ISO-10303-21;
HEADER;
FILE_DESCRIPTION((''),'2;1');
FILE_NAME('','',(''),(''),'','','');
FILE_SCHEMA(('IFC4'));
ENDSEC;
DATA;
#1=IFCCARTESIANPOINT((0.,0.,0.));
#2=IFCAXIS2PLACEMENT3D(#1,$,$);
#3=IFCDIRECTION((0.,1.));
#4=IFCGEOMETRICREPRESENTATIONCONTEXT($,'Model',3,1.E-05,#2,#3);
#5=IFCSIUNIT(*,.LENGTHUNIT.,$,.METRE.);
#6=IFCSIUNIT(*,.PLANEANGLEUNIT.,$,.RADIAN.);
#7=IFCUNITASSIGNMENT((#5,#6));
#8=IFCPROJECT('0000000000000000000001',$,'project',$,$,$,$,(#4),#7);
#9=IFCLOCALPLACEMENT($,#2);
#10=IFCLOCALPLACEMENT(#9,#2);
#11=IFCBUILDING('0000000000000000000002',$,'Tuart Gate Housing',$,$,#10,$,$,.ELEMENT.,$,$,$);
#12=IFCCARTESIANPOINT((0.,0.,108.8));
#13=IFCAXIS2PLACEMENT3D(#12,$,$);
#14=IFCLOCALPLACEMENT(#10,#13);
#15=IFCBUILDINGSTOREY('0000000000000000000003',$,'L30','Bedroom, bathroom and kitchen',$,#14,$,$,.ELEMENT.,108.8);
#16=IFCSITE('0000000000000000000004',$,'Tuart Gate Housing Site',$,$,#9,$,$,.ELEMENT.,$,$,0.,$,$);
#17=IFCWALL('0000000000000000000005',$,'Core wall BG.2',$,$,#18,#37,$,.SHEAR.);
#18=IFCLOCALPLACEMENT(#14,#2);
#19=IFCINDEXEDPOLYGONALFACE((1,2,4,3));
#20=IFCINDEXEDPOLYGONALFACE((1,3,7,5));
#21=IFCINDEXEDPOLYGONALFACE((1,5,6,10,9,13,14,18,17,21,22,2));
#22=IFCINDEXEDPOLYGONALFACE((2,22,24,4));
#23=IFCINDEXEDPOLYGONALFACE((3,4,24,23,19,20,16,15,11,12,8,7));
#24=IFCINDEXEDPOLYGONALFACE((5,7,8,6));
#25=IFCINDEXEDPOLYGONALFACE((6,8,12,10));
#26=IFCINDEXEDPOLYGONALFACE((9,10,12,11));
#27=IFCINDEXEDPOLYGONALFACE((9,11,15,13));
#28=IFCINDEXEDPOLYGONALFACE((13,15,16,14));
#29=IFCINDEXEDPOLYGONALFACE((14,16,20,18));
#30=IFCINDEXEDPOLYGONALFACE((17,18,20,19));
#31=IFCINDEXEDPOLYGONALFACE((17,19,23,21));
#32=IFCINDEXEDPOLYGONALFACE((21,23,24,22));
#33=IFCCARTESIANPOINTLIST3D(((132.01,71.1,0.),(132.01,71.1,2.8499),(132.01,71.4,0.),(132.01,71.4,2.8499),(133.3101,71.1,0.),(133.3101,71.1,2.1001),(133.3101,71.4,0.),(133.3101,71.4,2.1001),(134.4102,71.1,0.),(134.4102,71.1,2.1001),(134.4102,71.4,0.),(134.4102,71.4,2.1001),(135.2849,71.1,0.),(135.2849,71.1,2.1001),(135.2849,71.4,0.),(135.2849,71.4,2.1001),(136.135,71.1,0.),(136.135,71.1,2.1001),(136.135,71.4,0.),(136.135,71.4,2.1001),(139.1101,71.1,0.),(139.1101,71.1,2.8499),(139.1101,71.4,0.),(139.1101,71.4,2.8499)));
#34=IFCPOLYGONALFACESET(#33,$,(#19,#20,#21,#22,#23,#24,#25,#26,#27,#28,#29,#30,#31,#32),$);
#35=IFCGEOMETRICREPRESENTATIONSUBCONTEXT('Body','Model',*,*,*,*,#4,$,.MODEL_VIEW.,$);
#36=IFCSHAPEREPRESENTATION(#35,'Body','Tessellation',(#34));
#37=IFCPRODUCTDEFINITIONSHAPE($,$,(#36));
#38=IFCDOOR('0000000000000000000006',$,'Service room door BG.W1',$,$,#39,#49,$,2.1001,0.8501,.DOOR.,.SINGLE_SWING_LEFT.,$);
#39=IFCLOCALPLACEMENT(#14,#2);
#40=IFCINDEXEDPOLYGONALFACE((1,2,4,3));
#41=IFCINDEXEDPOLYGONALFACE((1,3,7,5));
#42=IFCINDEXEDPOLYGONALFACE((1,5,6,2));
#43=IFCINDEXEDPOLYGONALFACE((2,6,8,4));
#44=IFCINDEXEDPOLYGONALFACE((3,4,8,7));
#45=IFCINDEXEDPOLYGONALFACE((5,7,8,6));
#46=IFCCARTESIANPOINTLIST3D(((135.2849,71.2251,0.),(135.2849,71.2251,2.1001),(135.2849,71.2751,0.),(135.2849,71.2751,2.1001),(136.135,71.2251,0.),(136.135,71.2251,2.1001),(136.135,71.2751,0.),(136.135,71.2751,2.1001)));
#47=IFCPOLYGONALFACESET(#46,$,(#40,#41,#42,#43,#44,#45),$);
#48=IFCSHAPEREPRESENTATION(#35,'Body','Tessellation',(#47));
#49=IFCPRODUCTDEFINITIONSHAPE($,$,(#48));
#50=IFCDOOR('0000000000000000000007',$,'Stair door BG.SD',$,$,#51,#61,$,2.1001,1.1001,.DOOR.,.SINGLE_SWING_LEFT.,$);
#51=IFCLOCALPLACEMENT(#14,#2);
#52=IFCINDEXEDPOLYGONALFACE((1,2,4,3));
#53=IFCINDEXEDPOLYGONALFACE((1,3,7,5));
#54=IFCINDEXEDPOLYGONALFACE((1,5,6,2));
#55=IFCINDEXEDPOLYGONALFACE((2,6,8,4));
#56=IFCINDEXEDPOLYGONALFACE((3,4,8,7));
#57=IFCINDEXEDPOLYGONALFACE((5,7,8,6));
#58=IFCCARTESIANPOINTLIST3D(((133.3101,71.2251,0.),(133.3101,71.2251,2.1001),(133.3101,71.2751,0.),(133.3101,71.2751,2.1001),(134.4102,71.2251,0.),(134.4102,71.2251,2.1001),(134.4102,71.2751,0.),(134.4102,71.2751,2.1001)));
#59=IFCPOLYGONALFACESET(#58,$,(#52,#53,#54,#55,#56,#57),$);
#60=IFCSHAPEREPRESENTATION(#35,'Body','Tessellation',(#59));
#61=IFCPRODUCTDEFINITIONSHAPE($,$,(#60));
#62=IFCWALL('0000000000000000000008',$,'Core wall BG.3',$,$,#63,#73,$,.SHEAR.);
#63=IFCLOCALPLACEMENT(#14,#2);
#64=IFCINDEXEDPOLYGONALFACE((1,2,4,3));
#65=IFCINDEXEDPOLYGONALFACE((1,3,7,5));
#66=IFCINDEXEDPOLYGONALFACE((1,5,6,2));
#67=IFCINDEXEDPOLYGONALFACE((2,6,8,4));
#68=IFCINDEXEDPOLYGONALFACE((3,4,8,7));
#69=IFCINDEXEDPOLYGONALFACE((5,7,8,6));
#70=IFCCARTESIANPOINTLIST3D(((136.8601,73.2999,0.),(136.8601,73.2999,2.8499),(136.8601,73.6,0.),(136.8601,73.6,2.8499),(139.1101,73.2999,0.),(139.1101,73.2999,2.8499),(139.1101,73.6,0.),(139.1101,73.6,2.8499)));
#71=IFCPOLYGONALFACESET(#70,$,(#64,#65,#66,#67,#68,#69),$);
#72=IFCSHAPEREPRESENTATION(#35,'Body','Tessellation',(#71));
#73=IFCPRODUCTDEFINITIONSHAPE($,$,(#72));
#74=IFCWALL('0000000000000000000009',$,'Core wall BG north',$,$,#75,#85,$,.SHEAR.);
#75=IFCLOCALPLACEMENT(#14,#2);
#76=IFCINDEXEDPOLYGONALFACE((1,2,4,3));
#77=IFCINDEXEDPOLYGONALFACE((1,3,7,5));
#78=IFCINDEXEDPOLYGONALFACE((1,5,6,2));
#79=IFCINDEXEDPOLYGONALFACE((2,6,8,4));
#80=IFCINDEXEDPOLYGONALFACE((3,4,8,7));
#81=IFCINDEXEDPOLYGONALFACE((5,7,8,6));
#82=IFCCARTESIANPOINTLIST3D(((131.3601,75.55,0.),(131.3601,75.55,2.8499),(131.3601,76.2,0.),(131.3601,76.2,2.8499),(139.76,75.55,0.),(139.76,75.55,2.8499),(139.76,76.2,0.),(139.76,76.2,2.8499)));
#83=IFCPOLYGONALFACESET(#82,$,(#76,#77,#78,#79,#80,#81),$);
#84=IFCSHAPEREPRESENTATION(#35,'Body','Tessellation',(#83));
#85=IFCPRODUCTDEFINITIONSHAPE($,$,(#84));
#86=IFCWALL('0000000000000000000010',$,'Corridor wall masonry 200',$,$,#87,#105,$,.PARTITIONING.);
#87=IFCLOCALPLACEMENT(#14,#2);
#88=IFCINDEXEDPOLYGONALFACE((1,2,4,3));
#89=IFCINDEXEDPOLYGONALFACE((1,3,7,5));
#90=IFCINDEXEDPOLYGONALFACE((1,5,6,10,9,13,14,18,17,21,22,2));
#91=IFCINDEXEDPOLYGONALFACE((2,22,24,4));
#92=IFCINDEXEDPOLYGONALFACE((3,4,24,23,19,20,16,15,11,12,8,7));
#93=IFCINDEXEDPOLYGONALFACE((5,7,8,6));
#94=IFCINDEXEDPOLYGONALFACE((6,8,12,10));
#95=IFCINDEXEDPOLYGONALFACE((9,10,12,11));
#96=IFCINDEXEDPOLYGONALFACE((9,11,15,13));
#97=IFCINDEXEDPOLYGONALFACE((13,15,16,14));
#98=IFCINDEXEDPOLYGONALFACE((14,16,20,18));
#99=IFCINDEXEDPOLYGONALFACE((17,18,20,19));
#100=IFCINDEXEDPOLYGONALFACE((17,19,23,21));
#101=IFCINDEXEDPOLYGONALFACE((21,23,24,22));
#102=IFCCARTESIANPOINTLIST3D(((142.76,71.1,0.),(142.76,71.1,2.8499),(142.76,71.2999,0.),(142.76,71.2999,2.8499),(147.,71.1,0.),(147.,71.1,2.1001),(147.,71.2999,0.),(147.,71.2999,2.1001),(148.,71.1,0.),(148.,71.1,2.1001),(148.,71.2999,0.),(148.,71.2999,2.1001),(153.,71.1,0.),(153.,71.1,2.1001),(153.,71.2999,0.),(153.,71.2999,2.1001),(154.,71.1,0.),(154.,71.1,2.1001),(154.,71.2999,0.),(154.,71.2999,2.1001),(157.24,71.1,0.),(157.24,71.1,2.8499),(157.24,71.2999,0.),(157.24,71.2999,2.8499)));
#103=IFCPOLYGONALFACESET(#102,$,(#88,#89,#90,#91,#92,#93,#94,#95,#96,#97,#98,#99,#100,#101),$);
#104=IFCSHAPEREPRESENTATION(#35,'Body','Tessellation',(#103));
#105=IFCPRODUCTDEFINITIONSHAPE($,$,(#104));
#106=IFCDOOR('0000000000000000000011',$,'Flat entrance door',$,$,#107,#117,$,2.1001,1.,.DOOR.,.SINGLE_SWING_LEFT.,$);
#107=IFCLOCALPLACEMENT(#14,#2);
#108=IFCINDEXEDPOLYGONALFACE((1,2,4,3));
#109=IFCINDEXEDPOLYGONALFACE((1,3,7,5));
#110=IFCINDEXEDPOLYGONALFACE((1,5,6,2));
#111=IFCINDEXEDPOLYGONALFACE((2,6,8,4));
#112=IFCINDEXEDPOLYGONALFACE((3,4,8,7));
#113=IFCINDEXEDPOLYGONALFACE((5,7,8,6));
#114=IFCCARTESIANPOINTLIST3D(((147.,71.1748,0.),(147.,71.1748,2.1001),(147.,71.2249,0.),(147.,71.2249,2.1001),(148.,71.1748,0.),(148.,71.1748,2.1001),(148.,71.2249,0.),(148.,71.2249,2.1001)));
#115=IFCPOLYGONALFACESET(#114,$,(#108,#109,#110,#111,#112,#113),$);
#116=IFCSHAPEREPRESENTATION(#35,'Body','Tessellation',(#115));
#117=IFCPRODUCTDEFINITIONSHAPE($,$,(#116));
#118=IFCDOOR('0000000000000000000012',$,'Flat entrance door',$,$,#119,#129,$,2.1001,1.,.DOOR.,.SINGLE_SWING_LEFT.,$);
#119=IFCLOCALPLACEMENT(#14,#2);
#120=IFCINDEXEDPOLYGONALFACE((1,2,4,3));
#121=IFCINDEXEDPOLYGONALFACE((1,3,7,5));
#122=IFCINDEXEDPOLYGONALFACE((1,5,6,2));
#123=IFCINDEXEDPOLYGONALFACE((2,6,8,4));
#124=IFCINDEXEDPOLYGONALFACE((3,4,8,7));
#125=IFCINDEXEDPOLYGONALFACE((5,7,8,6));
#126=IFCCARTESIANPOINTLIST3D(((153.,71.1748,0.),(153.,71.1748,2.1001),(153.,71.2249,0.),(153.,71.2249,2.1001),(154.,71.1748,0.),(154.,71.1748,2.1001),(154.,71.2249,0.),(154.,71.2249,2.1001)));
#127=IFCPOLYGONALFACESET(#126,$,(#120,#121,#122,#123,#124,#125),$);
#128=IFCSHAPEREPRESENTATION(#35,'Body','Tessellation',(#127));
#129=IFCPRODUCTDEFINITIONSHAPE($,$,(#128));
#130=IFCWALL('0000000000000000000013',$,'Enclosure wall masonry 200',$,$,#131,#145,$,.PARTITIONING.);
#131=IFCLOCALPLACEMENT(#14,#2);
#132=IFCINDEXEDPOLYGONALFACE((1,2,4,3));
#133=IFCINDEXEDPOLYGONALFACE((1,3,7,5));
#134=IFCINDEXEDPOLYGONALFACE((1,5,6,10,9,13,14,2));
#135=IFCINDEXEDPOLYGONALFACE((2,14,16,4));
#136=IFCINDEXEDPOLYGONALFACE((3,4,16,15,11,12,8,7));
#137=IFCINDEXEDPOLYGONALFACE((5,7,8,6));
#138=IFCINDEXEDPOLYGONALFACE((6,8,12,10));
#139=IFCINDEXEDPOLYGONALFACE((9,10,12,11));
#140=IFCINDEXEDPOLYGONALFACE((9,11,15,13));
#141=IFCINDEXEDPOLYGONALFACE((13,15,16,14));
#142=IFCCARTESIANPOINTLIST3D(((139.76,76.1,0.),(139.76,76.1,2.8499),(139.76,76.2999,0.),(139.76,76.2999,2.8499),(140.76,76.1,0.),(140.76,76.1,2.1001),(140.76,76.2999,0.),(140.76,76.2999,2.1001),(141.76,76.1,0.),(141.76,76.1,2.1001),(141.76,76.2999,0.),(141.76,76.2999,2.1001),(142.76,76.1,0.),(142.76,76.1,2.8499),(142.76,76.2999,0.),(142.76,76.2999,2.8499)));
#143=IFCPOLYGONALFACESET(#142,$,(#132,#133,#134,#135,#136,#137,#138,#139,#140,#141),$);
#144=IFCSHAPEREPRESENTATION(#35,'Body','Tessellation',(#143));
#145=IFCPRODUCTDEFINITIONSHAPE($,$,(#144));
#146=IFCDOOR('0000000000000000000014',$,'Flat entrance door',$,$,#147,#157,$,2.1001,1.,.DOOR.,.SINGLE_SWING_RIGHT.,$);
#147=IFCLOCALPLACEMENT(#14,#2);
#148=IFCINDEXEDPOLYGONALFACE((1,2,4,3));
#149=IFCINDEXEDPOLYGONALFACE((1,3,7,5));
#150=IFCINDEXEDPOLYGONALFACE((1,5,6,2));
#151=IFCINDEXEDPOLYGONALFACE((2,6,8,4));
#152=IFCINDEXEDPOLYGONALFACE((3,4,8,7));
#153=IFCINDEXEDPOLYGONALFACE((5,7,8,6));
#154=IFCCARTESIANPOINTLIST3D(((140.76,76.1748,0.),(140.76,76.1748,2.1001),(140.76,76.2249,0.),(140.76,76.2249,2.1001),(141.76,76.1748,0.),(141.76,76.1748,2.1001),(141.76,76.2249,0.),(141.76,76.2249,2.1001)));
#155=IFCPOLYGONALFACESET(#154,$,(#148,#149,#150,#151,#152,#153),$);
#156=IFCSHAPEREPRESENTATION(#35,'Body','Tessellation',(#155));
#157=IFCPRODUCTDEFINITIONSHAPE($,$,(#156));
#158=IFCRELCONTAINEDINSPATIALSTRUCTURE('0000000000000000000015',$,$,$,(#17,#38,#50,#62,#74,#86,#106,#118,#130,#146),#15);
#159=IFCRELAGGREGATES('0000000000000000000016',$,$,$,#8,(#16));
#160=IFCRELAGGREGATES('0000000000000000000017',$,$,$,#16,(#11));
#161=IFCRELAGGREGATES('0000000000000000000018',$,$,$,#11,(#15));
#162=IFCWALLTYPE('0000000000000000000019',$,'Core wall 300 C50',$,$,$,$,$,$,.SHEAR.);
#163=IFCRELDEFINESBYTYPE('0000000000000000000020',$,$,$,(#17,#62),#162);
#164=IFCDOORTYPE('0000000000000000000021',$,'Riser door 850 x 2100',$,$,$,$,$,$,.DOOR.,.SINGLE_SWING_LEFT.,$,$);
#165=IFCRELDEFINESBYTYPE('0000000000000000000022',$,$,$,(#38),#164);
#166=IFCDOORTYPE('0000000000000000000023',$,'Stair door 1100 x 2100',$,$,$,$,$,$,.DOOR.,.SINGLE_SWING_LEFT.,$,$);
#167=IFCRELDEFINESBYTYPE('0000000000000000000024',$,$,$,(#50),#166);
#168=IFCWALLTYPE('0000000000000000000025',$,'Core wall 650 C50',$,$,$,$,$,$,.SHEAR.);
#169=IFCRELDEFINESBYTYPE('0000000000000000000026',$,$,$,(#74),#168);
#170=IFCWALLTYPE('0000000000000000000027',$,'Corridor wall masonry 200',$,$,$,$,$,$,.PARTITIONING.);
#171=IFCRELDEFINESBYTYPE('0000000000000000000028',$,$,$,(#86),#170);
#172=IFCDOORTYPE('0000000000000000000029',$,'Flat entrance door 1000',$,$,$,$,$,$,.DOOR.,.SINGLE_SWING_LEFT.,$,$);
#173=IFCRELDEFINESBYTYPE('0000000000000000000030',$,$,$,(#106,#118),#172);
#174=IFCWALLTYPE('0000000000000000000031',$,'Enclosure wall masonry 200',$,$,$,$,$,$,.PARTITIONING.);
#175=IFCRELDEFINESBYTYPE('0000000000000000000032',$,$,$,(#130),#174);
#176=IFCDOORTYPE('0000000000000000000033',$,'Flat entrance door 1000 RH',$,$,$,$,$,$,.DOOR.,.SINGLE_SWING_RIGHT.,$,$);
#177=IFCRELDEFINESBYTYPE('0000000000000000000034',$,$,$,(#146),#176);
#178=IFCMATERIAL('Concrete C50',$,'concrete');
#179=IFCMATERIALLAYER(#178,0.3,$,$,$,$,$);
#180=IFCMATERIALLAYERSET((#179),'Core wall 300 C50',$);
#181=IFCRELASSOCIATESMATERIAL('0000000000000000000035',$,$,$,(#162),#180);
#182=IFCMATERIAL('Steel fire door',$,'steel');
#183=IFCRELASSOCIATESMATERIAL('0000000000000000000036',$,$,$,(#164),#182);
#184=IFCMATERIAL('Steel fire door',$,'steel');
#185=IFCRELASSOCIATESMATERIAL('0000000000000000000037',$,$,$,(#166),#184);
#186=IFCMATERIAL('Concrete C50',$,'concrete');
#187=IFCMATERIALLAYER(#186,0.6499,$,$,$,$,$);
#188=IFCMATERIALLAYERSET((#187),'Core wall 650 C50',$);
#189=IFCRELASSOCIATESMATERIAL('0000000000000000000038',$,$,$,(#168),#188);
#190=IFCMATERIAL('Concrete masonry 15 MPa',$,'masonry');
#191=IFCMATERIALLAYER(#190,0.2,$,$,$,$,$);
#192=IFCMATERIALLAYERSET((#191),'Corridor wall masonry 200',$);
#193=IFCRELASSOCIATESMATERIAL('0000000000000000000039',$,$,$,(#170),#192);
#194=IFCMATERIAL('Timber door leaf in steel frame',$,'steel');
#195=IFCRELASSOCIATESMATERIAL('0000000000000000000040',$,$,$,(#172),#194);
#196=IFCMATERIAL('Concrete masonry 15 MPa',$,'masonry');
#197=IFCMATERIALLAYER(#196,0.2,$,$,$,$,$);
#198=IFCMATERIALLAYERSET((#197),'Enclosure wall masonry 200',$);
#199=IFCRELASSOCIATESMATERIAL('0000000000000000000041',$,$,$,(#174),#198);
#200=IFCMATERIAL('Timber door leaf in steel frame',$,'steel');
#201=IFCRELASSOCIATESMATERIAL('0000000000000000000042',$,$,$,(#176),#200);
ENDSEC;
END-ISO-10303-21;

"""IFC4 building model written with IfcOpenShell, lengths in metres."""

from ifc_helpers import new_model, si_unit, direction, frame, frame_2d, origin, place, context, subcontext, project, spatial, rectangle, extrude, material, layer, layer_set, type_object, element, fill, save


model = new_model("IFC4")

# Units and contexts
model_context = context("Model", 3, precision=1e-05, world=origin(), true_north=direction((0.0, 1.0)))
body_context = subcontext(model_context, "Body", "Model", "MODEL_VIEW")
ifc_project = project(units=[si_unit("LENGTHUNIT", "METRE"), si_unit("PLANEANGLEUNIT", "RADIAN")], contexts=[model_context])

# Site, building, storey
site_placement = place(None, origin())
site = spatial("IfcSite", under=ifc_project, at=site_placement, Name="Tuart Gate Housing Site", CompositionType="ELEMENT", RefElevation=0.0)
building_placement = place(site_placement, origin())
building = spatial("IfcBuilding", under=site, at=building_placement, Name="Tuart Gate Housing", CompositionType="ELEMENT")
storey_placement = place(building_placement, frame((0.0, 0.0, 108.8)))
storey = spatial("IfcBuildingStorey", under=building, at=storey_placement, Name="L30", Description="Bedroom, bathroom and kitchen", CompositionType="ELEMENT", Elevation=108.8)

# Wall, openings, doors
ifc_material_1 = material(Name="Concrete C50", Category="concrete")
ifc_layer_1 = layer(ifc_material_1, 0.3)
ifc_layer_set_1 = layer_set([ifc_layer_1], Name="Core wall 300 C50")
wall_type_1 = type_object("IfcWallType", Name="Core wall 300 C50", PredefinedType="SHEAR", material=ifc_layer_set_1)
wall_1_placement = place(storey_placement, frame((139.1101, 71.25, 0.0), z_axis=(0.0, 0.0, 1.0), x_axis=(-1.0, 0.0, 0.0)))
wall_1 = element("IfcWall", 1, at=wall_1_placement, inside=storey, type_object=wall_type_1, Name="Core wall BG.2", PredefinedType="SHEAR", context=body_context, shape_type="SweptSolid", body=[
    extrude(rectangle(XDim=7.1001, YDim=0.3, at=frame_2d((3.55, 0.0))), origin(), (0.0, 0.0, 1.0), 2.8499),
])
opening_1_placement = place(wall_1_placement, frame((4.7, 0.0, 0.0)))
opening_1 = element("IfcOpeningElement", 2, at=opening_1_placement, cuts=wall_1, PredefinedType="OPENING", context=body_context, shape_type="SweptSolid", body=[
    extrude(rectangle(XDim=1.1001, YDim=2.1001, at=frame_2d((0.55, 1.05))), frame((0.0, 0.1599, 0.0), z_axis=(0.0, -1.0, 0.0), x_axis=(1.0, 0.0, 0.0)), (0.0, 0.0, 1.0), 0.3201),
])
opening_2_placement = place(wall_1_placement, frame((2.9751, 0.0, 0.0)))
opening_2 = element("IfcOpeningElement", 3, at=opening_2_placement, cuts=wall_1, PredefinedType="OPENING", context=body_context, shape_type="SweptSolid", body=[
    extrude(rectangle(XDim=0.8501, YDim=2.1001, at=frame_2d((0.425, 1.05))), frame((0.0, 0.1599, 0.0), z_axis=(0.0, -1.0, 0.0), x_axis=(1.0, 0.0, 0.0)), (0.0, 0.0, 1.0), 0.3201),
])
ifc_material_2 = material(Name="Steel fire door", Category="steel")
door_type_1 = type_object("IfcDoorType", Name="Riser door 850 x 2100", OperationType="SINGLE_SWING_LEFT", PredefinedType="DOOR", material=ifc_material_2)
door_1_placement = place(opening_2_placement, origin())
door_1 = element("IfcDoor", 4, at=door_1_placement, inside=storey, type_object=door_type_1, Name="Service room door BG.W1", OperationType="SINGLE_SWING_LEFT", OverallHeight=2.1001, OverallWidth=0.8501, PredefinedType="DOOR", context=body_context, shape_type="SweptSolid", body=[
    extrude(rectangle(XDim=0.8501, YDim=2.1001, at=frame_2d((0.425, 1.05))), frame((0.0, 0.0249, 0.0), z_axis=(0.0, -1.0, 0.0), x_axis=(1.0, 0.0, 0.0)), (0.0, 0.0, 1.0), 0.05),
])
fill(opening_2, door_1)
ifc_material_3 = material(Name="Steel fire door", Category="steel")
door_type_2 = type_object("IfcDoorType", Name="Stair door 1100 x 2100", OperationType="SINGLE_SWING_LEFT", PredefinedType="DOOR", material=ifc_material_3)
door_2_placement = place(opening_1_placement, origin())
door_2 = element("IfcDoor", 5, at=door_2_placement, inside=storey, type_object=door_type_2, Name="Stair door BG.SD", OperationType="SINGLE_SWING_LEFT", OverallHeight=2.1001, OverallWidth=1.1001, PredefinedType="DOOR", context=body_context, shape_type="SweptSolid", body=[
    extrude(rectangle(XDim=1.1001, YDim=2.1001, at=frame_2d((0.55, 1.05))), frame((0.0, 0.0249, 0.0), z_axis=(0.0, -1.0, 0.0), x_axis=(1.0, 0.0, 0.0)), (0.0, 0.0, 1.0), 0.05),
])
fill(opening_1, door_2)

# Walls
wall_2_placement = place(storey_placement, frame((139.1101, 73.45, 0.0), z_axis=(0.0, 0.0, 1.0), x_axis=(-1.0, 0.0, 0.0)))
element("IfcWall", 6, at=wall_2_placement, inside=storey, type_object=wall_type_1, Name="Core wall BG.3", PredefinedType="SHEAR", context=body_context, shape_type="SweptSolid", body=[
    extrude(rectangle(XDim=2.25, YDim=0.3, at=frame_2d((1.125, 0.0))), origin(), (0.0, 0.0, 1.0), 2.8499),
])
ifc_material_4 = material(Name="Concrete C50", Category="concrete")
ifc_layer_2 = layer(ifc_material_4, 0.6499)
ifc_layer_set_2 = layer_set([ifc_layer_2], Name="Core wall 650 C50")
wall_type_2 = type_object("IfcWallType", Name="Core wall 650 C50", PredefinedType="SHEAR", material=ifc_layer_set_2)
wall_3_placement = place(storey_placement, frame((139.76, 75.875, 0.0), z_axis=(0.0, 0.0, 1.0), x_axis=(-1.0, 0.0, 0.0)))
element("IfcWall", 7, at=wall_3_placement, inside=storey, type_object=wall_type_2, Name="Core wall BG north", PredefinedType="SHEAR", context=body_context, shape_type="SweptSolid", body=[
    extrude(rectangle(XDim=8.3999, YDim=0.6499, at=frame_2d((4.2, 0.0))), origin(), (0.0, 0.0, 1.0), 2.8499),
])

# Wall, openings, doors
ifc_material_5 = material(Name="Concrete masonry 15 MPa", Category="masonry")
ifc_layer_3 = layer(ifc_material_5, 0.2)
ifc_layer_set_3 = layer_set([ifc_layer_3], Name="Corridor wall masonry 200")
wall_type_3 = type_object("IfcWallType", Name="Corridor wall masonry 200", PredefinedType="PARTITIONING", material=ifc_layer_set_3)
wall_4_placement = place(storey_placement, frame((142.76, 71.2, 0.0), z_axis=(0.0, 0.0, 1.0), x_axis=(1.0, 0.0, 0.0)))
wall_4 = element("IfcWall", 8, at=wall_4_placement, inside=storey, type_object=wall_type_3, Name="Corridor wall masonry 200", PredefinedType="PARTITIONING", context=body_context, shape_type="SweptSolid", body=[
    extrude(rectangle(XDim=14.48, YDim=0.2, at=frame_2d((7.24, 0.0))), origin(), (0.0, 0.0, 1.0), 2.8499),
])
opening_3_placement = place(wall_4_placement, frame((4.24, 0.0, 0.0)))
opening_3 = element("IfcOpeningElement", 9, at=opening_3_placement, cuts=wall_4, PredefinedType="OPENING", context=body_context, shape_type="SweptSolid", body=[
    extrude(rectangle(XDim=1.0, YDim=2.1001, at=frame_2d((0.5, 1.05))), frame((0.0, 0.1099, 0.0), z_axis=(0.0, -1.0, 0.0), x_axis=(1.0, 0.0, 0.0)), (0.0, 0.0, 1.0), 0.22),
])
opening_4_placement = place(wall_4_placement, frame((10.24, 0.0, 0.0)))
opening_4 = element("IfcOpeningElement", 10, at=opening_4_placement, cuts=wall_4, PredefinedType="OPENING", context=body_context, shape_type="SweptSolid", body=[
    extrude(rectangle(XDim=1.0, YDim=2.1001, at=frame_2d((0.5, 1.05))), frame((0.0, 0.1099, 0.0), z_axis=(0.0, -1.0, 0.0), x_axis=(1.0, 0.0, 0.0)), (0.0, 0.0, 1.0), 0.22),
])
ifc_material_6 = material(Name="Timber door leaf in steel frame", Category="steel")
door_type_3 = type_object("IfcDoorType", Name="Flat entrance door 1000", OperationType="SINGLE_SWING_LEFT", PredefinedType="DOOR", material=ifc_material_6)
door_3_placement = place(opening_3_placement, origin())
door_3 = element("IfcDoor", 11, at=door_3_placement, inside=storey, type_object=door_type_3, Name="Flat entrance door", OperationType="SINGLE_SWING_LEFT", OverallHeight=2.1001, OverallWidth=1.0, PredefinedType="DOOR", context=body_context, shape_type="SweptSolid", body=[
    extrude(rectangle(XDim=1.0, YDim=2.1001, at=frame_2d((0.5, 1.05))), frame((0.0, 0.0249, 0.0), z_axis=(0.0, -1.0, 0.0), x_axis=(1.0, 0.0, 0.0)), (0.0, 0.0, 1.0), 0.05),
])
fill(opening_3, door_3)
door_4_placement = place(opening_4_placement, origin())
door_4 = element("IfcDoor", 12, at=door_4_placement, inside=storey, type_object=door_type_3, Name="Flat entrance door", OperationType="SINGLE_SWING_LEFT", OverallHeight=2.1001, OverallWidth=1.0, PredefinedType="DOOR", context=body_context, shape_type="SweptSolid", body=[
    extrude(rectangle(XDim=1.0, YDim=2.1001, at=frame_2d((0.5, 1.05))), frame((0.0, 0.0249, 0.0), z_axis=(0.0, -1.0, 0.0), x_axis=(1.0, 0.0, 0.0)), (0.0, 0.0, 1.0), 0.05),
])
fill(opening_4, door_4)

# Wall, opening, door
ifc_material_7 = material(Name="Concrete masonry 15 MPa", Category="masonry")
ifc_layer_4 = layer(ifc_material_7, 0.2)
ifc_layer_set_4 = layer_set([ifc_layer_4], Name="Enclosure wall masonry 200")
wall_type_4 = type_object("IfcWallType", Name="Enclosure wall masonry 200", PredefinedType="PARTITIONING", material=ifc_layer_set_4)
wall_5_placement = place(storey_placement, frame((139.76, 76.2, 0.0), z_axis=(0.0, 0.0, 1.0), x_axis=(1.0, 0.0, 0.0)))
wall_5 = element("IfcWall", 13, at=wall_5_placement, inside=storey, type_object=wall_type_4, Name="Enclosure wall masonry 200", PredefinedType="PARTITIONING", context=body_context, shape_type="SweptSolid", body=[
    extrude(rectangle(XDim=3.0, YDim=0.2, at=frame_2d((1.5, 0.0))), origin(), (0.0, 0.0, 1.0), 2.8499),
])
opening_5_placement = place(wall_5_placement, frame((1.0, 0.0, 0.0)))
opening_5 = element("IfcOpeningElement", 14, at=opening_5_placement, cuts=wall_5, PredefinedType="OPENING", context=body_context, shape_type="SweptSolid", body=[
    extrude(rectangle(XDim=1.0, YDim=2.1001, at=frame_2d((0.5, 1.05))), frame((0.0, 0.1099, 0.0), z_axis=(0.0, -1.0, 0.0), x_axis=(1.0, 0.0, 0.0)), (0.0, 0.0, 1.0), 0.22),
])
ifc_material_8 = material(Name="Timber door leaf in steel frame", Category="steel")
door_type_4 = type_object("IfcDoorType", Name="Flat entrance door 1000 RH", OperationType="SINGLE_SWING_RIGHT", PredefinedType="DOOR", material=ifc_material_8)
door_5_placement = place(opening_5_placement, origin())
door_5 = element("IfcDoor", 15, at=door_5_placement, inside=storey, type_object=door_type_4, Name="Flat entrance door", OperationType="SINGLE_SWING_RIGHT", OverallHeight=2.1001, OverallWidth=1.0, PredefinedType="DOOR", context=body_context, shape_type="SweptSolid", body=[
    extrude(rectangle(XDim=1.0, YDim=2.1001, at=frame_2d((0.5, 1.05))), frame((0.0, 0.0249, 0.0), z_axis=(0.0, -1.0, 0.0), x_axis=(1.0, 0.0, 0.0)), (0.0, 0.0, 1.0), 0.05),
])
fill(opening_5, door_5)

save(model, "model.ifc")
